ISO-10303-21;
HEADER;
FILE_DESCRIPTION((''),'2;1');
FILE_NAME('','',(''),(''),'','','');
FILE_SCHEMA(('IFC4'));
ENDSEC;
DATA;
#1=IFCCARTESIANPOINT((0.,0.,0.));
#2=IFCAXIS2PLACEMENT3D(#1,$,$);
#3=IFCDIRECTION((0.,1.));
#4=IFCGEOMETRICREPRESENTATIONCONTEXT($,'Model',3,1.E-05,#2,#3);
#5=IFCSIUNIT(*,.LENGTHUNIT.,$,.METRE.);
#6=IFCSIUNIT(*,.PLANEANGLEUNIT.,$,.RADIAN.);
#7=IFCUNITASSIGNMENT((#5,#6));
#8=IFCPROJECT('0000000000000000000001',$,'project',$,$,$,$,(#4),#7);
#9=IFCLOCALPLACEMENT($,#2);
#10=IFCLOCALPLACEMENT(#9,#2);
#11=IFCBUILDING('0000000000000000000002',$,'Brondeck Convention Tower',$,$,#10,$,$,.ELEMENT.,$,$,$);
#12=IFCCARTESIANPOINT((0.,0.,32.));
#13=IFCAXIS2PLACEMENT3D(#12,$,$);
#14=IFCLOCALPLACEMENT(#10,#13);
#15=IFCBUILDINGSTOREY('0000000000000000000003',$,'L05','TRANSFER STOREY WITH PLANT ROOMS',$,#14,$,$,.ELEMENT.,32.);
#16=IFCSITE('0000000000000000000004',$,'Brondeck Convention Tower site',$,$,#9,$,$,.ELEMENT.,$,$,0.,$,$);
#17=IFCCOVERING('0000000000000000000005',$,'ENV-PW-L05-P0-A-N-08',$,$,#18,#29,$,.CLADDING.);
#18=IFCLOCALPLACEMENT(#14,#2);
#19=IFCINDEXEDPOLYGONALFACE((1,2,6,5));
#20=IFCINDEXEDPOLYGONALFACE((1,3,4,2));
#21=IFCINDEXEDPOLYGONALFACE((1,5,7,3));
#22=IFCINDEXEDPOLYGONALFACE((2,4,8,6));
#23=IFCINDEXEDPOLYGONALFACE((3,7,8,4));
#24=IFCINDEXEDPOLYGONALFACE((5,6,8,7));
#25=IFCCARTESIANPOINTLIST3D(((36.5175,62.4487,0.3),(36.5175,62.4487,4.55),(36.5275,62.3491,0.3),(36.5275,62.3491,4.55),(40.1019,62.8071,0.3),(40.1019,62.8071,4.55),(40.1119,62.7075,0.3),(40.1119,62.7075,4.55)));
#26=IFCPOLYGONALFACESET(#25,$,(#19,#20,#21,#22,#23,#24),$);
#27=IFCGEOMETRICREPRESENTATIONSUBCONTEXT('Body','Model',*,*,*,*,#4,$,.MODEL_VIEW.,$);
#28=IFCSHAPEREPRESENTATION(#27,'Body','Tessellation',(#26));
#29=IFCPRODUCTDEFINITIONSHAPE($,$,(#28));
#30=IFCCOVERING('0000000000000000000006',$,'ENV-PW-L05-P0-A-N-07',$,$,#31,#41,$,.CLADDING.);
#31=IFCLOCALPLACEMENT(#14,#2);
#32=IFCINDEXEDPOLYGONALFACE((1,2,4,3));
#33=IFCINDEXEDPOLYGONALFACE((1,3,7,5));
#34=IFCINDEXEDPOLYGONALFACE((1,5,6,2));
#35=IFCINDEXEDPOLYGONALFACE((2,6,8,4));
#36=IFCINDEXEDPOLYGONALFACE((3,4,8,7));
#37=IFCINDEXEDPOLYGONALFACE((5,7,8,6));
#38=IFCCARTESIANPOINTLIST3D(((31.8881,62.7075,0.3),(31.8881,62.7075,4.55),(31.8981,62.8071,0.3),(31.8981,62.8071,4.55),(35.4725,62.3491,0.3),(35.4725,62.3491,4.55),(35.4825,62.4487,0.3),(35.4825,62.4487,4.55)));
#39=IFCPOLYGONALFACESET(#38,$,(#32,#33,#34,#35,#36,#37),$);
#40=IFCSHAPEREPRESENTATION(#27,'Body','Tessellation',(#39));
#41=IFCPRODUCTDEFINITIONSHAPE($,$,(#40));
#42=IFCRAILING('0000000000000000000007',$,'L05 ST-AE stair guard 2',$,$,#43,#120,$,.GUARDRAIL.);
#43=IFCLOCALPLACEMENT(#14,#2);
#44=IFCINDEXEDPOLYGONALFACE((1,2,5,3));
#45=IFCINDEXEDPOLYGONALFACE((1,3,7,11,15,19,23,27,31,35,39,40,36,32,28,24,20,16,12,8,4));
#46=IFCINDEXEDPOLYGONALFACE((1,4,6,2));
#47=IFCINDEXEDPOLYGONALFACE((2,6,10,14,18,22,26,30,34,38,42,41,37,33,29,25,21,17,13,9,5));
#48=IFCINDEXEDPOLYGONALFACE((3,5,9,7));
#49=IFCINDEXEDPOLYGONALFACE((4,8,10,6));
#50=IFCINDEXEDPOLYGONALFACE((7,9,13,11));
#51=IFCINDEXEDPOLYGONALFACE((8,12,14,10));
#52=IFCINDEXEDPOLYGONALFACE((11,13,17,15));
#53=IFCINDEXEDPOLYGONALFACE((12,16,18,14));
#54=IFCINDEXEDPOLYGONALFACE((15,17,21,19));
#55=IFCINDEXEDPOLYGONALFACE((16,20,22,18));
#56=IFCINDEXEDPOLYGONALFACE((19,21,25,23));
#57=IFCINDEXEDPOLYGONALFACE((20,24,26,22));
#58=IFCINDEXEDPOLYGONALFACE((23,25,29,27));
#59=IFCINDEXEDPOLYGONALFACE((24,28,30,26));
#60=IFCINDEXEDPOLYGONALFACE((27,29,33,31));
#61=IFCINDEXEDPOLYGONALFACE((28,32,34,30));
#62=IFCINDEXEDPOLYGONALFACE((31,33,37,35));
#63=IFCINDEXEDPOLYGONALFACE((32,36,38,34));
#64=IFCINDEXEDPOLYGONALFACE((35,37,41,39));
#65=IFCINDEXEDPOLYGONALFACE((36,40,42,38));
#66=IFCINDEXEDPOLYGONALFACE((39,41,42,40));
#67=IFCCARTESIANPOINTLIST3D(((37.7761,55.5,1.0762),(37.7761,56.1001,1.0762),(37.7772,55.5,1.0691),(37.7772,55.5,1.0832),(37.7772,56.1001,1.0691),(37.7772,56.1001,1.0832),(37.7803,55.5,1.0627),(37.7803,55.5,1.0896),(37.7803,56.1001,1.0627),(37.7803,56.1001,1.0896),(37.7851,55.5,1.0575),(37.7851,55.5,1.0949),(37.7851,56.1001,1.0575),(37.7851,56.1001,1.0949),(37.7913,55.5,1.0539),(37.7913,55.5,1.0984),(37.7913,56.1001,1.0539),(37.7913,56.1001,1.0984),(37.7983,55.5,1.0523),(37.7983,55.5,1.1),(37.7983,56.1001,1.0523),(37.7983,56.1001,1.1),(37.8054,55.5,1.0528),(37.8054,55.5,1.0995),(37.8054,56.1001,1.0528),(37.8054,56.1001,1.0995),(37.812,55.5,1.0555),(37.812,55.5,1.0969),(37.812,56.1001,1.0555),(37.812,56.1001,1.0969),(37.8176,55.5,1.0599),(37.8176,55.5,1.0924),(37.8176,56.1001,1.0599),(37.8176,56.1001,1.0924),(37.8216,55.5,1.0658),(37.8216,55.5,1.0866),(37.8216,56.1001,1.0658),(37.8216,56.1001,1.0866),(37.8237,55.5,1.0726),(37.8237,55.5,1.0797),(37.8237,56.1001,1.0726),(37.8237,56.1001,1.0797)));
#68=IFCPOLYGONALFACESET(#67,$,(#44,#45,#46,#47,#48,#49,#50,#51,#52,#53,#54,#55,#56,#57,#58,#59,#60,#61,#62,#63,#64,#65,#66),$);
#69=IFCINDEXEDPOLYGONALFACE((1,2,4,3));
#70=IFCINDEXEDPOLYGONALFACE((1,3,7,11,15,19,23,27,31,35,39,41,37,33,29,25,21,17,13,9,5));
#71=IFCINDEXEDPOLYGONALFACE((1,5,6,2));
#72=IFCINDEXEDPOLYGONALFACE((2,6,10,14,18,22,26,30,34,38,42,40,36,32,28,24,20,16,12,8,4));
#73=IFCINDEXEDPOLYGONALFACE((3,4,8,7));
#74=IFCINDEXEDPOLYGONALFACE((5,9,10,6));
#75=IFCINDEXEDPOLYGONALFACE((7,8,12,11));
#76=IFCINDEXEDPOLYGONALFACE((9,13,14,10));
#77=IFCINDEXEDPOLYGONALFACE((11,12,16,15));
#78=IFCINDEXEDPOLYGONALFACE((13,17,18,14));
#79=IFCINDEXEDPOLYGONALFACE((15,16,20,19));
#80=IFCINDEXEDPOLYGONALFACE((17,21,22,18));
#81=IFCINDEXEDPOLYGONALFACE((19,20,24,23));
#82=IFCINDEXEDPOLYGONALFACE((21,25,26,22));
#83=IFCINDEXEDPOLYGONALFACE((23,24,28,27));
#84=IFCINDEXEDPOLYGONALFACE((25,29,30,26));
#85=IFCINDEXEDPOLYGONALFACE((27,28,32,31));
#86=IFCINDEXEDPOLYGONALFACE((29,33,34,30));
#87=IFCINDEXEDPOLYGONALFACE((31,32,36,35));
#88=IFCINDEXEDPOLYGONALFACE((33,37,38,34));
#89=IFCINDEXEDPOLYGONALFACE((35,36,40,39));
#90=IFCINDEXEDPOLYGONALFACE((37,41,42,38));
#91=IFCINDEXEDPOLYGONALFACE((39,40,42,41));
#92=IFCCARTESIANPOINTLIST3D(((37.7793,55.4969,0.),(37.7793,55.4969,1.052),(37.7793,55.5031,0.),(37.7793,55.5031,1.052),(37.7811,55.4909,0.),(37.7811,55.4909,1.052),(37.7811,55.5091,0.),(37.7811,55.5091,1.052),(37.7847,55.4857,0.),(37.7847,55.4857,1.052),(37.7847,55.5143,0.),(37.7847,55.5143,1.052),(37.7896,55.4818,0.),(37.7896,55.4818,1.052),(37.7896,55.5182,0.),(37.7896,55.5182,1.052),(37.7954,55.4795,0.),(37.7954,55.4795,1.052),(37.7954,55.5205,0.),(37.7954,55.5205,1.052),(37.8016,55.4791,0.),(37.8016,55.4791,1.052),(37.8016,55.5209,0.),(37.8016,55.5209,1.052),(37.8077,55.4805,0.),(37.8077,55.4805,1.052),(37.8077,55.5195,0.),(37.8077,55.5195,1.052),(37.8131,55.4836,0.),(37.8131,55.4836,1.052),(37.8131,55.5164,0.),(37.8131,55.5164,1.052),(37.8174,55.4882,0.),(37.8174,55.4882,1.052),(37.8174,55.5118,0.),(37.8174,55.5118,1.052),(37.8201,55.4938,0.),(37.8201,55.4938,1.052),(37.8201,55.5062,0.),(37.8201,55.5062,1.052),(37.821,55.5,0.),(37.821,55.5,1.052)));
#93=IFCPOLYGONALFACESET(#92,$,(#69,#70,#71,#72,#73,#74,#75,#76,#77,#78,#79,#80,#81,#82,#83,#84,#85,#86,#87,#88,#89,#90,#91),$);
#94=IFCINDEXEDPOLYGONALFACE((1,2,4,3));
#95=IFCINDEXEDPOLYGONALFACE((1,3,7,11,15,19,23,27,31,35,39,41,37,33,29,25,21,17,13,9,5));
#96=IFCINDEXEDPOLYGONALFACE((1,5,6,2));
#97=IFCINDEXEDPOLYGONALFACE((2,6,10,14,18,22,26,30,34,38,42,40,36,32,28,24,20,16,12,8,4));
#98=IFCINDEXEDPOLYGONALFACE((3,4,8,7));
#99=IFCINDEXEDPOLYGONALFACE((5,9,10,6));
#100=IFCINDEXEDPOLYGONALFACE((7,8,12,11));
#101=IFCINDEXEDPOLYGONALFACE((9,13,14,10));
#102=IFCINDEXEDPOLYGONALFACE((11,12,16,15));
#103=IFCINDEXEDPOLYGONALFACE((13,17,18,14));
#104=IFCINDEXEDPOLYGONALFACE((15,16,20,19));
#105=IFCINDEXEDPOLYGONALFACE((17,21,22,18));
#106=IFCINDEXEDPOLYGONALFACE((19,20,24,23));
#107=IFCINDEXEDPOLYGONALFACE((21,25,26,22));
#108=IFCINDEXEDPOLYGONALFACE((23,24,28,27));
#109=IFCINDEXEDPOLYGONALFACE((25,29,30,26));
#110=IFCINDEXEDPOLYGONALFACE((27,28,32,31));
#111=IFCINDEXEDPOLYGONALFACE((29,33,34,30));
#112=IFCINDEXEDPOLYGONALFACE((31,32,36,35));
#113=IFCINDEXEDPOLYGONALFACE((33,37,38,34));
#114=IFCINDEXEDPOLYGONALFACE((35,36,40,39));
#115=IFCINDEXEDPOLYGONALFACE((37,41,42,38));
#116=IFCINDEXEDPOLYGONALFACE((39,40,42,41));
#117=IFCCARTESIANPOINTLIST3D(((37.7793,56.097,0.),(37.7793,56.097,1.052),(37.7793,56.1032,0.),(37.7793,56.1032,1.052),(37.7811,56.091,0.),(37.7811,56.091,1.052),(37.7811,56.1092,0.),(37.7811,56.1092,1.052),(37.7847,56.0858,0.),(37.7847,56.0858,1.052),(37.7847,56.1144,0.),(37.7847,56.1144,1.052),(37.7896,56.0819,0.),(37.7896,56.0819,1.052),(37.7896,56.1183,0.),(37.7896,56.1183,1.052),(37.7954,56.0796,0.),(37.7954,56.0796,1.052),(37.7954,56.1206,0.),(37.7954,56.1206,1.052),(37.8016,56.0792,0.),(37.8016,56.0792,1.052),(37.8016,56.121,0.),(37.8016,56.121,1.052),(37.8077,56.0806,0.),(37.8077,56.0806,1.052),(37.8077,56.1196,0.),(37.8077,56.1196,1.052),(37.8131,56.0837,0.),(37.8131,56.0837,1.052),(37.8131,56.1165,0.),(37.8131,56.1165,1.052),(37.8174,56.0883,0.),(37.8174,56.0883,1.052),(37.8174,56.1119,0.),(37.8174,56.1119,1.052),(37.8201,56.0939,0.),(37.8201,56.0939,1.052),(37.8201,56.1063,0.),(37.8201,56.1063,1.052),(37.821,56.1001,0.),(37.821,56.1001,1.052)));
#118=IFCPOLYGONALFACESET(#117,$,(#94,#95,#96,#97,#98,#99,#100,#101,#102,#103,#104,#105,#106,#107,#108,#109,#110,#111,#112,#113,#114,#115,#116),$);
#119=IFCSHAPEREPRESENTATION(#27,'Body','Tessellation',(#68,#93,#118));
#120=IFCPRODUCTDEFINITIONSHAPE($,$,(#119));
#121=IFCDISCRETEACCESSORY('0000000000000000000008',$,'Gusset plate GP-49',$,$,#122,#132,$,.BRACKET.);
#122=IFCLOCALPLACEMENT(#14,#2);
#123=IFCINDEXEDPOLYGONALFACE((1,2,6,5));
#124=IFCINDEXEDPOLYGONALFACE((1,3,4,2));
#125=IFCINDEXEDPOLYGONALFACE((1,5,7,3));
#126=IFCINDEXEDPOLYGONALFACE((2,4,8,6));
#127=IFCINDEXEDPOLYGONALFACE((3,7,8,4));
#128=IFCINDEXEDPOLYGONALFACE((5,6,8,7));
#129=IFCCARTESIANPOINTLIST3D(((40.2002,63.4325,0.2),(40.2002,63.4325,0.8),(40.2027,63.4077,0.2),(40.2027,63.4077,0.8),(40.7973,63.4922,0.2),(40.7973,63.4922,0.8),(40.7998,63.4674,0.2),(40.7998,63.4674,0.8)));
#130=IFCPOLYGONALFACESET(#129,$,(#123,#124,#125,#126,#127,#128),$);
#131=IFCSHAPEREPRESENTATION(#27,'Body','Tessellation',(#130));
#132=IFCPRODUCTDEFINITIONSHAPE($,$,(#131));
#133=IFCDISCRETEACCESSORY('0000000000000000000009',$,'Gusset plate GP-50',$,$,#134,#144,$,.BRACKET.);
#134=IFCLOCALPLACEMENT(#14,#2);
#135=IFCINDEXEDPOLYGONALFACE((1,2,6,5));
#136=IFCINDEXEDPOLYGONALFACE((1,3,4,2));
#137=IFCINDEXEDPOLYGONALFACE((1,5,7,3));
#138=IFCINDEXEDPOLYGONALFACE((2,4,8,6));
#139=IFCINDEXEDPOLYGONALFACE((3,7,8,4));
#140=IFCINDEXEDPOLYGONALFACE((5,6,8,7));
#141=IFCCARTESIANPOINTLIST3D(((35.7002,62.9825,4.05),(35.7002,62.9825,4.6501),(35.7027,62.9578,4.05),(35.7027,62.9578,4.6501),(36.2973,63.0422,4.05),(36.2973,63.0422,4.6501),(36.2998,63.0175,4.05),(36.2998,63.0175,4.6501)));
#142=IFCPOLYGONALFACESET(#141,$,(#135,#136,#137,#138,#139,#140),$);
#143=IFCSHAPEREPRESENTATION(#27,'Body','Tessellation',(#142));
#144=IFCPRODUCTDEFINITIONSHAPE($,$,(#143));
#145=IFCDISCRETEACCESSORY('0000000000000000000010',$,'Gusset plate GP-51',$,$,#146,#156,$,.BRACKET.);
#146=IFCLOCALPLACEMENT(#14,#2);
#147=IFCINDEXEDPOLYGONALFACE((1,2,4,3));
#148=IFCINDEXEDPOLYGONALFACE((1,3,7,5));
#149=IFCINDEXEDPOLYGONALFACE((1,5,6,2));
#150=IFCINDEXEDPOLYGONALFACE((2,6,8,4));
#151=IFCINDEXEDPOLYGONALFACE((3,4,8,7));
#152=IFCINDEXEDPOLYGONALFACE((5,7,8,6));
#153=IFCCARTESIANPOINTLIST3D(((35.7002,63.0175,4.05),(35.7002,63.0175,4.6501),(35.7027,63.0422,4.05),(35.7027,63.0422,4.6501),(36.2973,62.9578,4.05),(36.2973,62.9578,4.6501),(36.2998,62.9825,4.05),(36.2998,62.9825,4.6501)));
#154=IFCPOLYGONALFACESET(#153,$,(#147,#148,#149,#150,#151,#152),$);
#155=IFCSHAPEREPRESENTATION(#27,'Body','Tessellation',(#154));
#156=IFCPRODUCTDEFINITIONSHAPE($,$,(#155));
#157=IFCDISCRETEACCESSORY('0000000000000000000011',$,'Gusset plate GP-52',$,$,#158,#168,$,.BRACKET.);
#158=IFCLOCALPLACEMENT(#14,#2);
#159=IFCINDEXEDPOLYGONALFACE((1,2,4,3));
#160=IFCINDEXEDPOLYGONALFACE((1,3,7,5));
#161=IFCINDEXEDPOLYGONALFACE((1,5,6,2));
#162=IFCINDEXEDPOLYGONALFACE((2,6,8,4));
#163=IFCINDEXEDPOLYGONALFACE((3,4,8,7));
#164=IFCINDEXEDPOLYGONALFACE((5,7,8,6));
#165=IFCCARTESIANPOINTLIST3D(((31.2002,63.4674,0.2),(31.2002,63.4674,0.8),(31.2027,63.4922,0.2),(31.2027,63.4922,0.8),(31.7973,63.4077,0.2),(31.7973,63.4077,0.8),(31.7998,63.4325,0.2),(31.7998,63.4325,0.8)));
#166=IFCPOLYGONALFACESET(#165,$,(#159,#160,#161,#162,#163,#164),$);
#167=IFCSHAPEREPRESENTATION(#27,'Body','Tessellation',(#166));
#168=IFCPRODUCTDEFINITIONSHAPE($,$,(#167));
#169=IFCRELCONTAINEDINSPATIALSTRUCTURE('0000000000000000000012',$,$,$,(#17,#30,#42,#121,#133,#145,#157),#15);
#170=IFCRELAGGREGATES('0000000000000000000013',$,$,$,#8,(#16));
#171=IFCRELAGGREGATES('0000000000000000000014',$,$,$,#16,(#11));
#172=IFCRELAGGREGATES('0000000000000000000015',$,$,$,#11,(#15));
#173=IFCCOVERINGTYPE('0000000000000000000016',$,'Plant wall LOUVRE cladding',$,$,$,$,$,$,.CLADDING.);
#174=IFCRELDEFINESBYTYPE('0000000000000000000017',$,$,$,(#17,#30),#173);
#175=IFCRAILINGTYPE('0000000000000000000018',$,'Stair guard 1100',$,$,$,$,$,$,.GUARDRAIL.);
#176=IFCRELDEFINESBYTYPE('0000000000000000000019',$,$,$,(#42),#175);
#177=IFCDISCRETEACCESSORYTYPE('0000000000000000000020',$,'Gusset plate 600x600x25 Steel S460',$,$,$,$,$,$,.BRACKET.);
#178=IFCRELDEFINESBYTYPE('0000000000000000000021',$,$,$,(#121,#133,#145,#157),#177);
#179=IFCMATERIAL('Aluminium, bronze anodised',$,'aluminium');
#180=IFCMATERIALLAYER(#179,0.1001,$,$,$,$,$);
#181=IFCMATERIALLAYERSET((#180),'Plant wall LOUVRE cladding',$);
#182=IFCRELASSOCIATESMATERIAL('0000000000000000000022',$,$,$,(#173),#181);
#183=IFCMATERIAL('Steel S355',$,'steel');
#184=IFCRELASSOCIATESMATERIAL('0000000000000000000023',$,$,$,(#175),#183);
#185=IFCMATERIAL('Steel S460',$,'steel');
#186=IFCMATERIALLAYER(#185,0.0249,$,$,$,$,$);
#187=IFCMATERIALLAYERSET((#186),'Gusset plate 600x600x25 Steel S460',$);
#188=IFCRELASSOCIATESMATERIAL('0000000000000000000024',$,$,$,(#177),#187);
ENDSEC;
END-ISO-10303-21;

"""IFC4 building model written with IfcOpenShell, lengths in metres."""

from ifc_helpers import new_model, si_unit, direction, frame, origin, origin_2d, place, context, subcontext, project, spatial, rectangle, circle, extrude, material, layer, layer_set, type_object, element, save


model = new_model("IFC4")

# Units and contexts
model_context = context("Model", 3, precision=1e-05, world=origin(), true_north=direction((0.0, 1.0)))
body_context = subcontext(model_context, "Body", "Model", "MODEL_VIEW")
ifc_project = project(units=[si_unit("LENGTHUNIT", "METRE"), si_unit("PLANEANGLEUNIT", "RADIAN")], contexts=[model_context])

# Site, building, storey
site_placement = place(None, origin())
site = spatial("IfcSite", under=ifc_project, at=site_placement, Name="Brondeck Convention Tower site", CompositionType="ELEMENT", RefElevation=0.0)
building_placement = place(site_placement, origin())
building = spatial("IfcBuilding", under=site, at=building_placement, Name="Brondeck Convention Tower", CompositionType="ELEMENT")
storey_placement = place(building_placement, frame((0.0, 0.0, 32.0)))
storey = spatial("IfcBuildingStorey", under=building, at=storey_placement, Name="L05", Description="TRANSFER STOREY WITH PLANT ROOMS", CompositionType="ELEMENT", Elevation=32.0)

# Shared definitions
ifc_material_1 = material(Name="Steel S460", Category="steel")

# Shared definitions
ifc_material_2 = material(Name="Steel S355", Category="steel")

# Coverings
ifc_material_3 = material(Name="Aluminium, bronze anodised", Category="aluminium")
ifc_layer_1 = layer(ifc_material_3, 0.1001)
ifc_layer_set_1 = layer_set([ifc_layer_1], Name="Plant wall LOUVRE cladding")
covering_type = type_object("IfcCoveringType", Name="Plant wall LOUVRE cladding", PredefinedType="CLADDING", material=ifc_layer_set_1)
for number, where, z_axis, x_axis, name in (
    (1, (38.3147, 62.5781, 0.3), (0.0, 0.0, 1.0), (-0.995037, -0.099504, 0.0), "ENV-PW-L05-P0-A-N-08"),
    (2, (33.6853, 62.5781, 0.3), (0.0, 0.0, 1.0), (-0.995037, 0.099504, 0.0), "ENV-PW-L05-P0-A-N-07"),
):
    element("IfcCovering", number, at=place(storey_placement, frame(where, z_axis=z_axis, x_axis=x_axis)), inside=storey, type_object=covering_type, Name=name, PredefinedType="CLADDING", context=body_context, shape_type="SweptSolid", body=[
        extrude(rectangle(XDim=3.6023, YDim=0.1001, at=origin_2d()), origin(), (0.0, 0.0, 1.0), 4.25),
    ])

# Railing
railing_type = type_object("IfcRailingType", Name="Stair guard 1100", PredefinedType="GUARDRAIL", material=ifc_material_2)
railing_1_placement = place(storey_placement, frame((37.8, 55.5, 0.0)))
element("IfcRailing", 3, at=railing_1_placement, inside=storey, type_object=railing_type, Name="L05 ST-AE stair guard 2", PredefinedType="GUARDRAIL", context=body_context, shape_type="SweptSolid", body=[
    extrude(circle(Radius=0.0239, at=origin_2d()), frame((0.0, 0.0, 1.0762), z_axis=(0.0, 1.0, 0.0), x_axis=(-1.0, 0.0, 0.0)), (0.0, 0.0, 1.0), 0.6001),
    extrude(circle(Radius=0.021, at=origin_2d()), origin(), (0.0, 0.0, 1.0), 1.052),
    extrude(circle(Radius=0.021, at=origin_2d()), frame((0.0, 0.6001, 0.0)), (0.0, 0.0, 1.0), 1.052),
])

# Discrete accessories
ifc_layer_2 = layer(ifc_material_1, 0.0249)
ifc_layer_set_2 = layer_set([ifc_layer_2], Name="Gusset plate 600x600x25 Steel S460")
discrete_accessory_type = type_object("IfcDiscreteAccessoryType", Name="Gusset plate 600x600x25 Steel S460", PredefinedType="BRACKET", material=ifc_layer_set_2)
for number, where, z_axis, x_axis, name in (
    (4, (40.5, 63.45, 0.2), (0.0, 0.0, 1.0), (0.995036, 0.099511, 0.0), "Gusset plate GP-49"),
    (5, (36.0, 63.0, 4.05), (0.0, 0.0, 1.0), (0.995036, 0.099511, 0.0), "Gusset plate GP-50"),
    (6, (36.0, 63.0, 4.05), (0.0, 0.0, 1.0), (-0.995036, 0.099511, 0.0), "Gusset plate GP-51"),
    (7, (31.5, 63.45, 0.2), (0.0, 0.0, 1.0), (-0.995036, 0.099511, 0.0), "Gusset plate GP-52"),
):
    element("IfcDiscreteAccessory", number, at=place(storey_placement, frame(where, z_axis=z_axis, x_axis=x_axis)), inside=storey, type_object=discrete_accessory_type, Name=name, PredefinedType="BRACKET", context=body_context, shape_type="SweptSolid", body=[
        extrude(rectangle(XDim=0.6001, YDim=0.0249, at=origin_2d()), origin(), (0.0, 0.0, 1.0), 0.6001),
    ])

save(model, "model.ifc")
